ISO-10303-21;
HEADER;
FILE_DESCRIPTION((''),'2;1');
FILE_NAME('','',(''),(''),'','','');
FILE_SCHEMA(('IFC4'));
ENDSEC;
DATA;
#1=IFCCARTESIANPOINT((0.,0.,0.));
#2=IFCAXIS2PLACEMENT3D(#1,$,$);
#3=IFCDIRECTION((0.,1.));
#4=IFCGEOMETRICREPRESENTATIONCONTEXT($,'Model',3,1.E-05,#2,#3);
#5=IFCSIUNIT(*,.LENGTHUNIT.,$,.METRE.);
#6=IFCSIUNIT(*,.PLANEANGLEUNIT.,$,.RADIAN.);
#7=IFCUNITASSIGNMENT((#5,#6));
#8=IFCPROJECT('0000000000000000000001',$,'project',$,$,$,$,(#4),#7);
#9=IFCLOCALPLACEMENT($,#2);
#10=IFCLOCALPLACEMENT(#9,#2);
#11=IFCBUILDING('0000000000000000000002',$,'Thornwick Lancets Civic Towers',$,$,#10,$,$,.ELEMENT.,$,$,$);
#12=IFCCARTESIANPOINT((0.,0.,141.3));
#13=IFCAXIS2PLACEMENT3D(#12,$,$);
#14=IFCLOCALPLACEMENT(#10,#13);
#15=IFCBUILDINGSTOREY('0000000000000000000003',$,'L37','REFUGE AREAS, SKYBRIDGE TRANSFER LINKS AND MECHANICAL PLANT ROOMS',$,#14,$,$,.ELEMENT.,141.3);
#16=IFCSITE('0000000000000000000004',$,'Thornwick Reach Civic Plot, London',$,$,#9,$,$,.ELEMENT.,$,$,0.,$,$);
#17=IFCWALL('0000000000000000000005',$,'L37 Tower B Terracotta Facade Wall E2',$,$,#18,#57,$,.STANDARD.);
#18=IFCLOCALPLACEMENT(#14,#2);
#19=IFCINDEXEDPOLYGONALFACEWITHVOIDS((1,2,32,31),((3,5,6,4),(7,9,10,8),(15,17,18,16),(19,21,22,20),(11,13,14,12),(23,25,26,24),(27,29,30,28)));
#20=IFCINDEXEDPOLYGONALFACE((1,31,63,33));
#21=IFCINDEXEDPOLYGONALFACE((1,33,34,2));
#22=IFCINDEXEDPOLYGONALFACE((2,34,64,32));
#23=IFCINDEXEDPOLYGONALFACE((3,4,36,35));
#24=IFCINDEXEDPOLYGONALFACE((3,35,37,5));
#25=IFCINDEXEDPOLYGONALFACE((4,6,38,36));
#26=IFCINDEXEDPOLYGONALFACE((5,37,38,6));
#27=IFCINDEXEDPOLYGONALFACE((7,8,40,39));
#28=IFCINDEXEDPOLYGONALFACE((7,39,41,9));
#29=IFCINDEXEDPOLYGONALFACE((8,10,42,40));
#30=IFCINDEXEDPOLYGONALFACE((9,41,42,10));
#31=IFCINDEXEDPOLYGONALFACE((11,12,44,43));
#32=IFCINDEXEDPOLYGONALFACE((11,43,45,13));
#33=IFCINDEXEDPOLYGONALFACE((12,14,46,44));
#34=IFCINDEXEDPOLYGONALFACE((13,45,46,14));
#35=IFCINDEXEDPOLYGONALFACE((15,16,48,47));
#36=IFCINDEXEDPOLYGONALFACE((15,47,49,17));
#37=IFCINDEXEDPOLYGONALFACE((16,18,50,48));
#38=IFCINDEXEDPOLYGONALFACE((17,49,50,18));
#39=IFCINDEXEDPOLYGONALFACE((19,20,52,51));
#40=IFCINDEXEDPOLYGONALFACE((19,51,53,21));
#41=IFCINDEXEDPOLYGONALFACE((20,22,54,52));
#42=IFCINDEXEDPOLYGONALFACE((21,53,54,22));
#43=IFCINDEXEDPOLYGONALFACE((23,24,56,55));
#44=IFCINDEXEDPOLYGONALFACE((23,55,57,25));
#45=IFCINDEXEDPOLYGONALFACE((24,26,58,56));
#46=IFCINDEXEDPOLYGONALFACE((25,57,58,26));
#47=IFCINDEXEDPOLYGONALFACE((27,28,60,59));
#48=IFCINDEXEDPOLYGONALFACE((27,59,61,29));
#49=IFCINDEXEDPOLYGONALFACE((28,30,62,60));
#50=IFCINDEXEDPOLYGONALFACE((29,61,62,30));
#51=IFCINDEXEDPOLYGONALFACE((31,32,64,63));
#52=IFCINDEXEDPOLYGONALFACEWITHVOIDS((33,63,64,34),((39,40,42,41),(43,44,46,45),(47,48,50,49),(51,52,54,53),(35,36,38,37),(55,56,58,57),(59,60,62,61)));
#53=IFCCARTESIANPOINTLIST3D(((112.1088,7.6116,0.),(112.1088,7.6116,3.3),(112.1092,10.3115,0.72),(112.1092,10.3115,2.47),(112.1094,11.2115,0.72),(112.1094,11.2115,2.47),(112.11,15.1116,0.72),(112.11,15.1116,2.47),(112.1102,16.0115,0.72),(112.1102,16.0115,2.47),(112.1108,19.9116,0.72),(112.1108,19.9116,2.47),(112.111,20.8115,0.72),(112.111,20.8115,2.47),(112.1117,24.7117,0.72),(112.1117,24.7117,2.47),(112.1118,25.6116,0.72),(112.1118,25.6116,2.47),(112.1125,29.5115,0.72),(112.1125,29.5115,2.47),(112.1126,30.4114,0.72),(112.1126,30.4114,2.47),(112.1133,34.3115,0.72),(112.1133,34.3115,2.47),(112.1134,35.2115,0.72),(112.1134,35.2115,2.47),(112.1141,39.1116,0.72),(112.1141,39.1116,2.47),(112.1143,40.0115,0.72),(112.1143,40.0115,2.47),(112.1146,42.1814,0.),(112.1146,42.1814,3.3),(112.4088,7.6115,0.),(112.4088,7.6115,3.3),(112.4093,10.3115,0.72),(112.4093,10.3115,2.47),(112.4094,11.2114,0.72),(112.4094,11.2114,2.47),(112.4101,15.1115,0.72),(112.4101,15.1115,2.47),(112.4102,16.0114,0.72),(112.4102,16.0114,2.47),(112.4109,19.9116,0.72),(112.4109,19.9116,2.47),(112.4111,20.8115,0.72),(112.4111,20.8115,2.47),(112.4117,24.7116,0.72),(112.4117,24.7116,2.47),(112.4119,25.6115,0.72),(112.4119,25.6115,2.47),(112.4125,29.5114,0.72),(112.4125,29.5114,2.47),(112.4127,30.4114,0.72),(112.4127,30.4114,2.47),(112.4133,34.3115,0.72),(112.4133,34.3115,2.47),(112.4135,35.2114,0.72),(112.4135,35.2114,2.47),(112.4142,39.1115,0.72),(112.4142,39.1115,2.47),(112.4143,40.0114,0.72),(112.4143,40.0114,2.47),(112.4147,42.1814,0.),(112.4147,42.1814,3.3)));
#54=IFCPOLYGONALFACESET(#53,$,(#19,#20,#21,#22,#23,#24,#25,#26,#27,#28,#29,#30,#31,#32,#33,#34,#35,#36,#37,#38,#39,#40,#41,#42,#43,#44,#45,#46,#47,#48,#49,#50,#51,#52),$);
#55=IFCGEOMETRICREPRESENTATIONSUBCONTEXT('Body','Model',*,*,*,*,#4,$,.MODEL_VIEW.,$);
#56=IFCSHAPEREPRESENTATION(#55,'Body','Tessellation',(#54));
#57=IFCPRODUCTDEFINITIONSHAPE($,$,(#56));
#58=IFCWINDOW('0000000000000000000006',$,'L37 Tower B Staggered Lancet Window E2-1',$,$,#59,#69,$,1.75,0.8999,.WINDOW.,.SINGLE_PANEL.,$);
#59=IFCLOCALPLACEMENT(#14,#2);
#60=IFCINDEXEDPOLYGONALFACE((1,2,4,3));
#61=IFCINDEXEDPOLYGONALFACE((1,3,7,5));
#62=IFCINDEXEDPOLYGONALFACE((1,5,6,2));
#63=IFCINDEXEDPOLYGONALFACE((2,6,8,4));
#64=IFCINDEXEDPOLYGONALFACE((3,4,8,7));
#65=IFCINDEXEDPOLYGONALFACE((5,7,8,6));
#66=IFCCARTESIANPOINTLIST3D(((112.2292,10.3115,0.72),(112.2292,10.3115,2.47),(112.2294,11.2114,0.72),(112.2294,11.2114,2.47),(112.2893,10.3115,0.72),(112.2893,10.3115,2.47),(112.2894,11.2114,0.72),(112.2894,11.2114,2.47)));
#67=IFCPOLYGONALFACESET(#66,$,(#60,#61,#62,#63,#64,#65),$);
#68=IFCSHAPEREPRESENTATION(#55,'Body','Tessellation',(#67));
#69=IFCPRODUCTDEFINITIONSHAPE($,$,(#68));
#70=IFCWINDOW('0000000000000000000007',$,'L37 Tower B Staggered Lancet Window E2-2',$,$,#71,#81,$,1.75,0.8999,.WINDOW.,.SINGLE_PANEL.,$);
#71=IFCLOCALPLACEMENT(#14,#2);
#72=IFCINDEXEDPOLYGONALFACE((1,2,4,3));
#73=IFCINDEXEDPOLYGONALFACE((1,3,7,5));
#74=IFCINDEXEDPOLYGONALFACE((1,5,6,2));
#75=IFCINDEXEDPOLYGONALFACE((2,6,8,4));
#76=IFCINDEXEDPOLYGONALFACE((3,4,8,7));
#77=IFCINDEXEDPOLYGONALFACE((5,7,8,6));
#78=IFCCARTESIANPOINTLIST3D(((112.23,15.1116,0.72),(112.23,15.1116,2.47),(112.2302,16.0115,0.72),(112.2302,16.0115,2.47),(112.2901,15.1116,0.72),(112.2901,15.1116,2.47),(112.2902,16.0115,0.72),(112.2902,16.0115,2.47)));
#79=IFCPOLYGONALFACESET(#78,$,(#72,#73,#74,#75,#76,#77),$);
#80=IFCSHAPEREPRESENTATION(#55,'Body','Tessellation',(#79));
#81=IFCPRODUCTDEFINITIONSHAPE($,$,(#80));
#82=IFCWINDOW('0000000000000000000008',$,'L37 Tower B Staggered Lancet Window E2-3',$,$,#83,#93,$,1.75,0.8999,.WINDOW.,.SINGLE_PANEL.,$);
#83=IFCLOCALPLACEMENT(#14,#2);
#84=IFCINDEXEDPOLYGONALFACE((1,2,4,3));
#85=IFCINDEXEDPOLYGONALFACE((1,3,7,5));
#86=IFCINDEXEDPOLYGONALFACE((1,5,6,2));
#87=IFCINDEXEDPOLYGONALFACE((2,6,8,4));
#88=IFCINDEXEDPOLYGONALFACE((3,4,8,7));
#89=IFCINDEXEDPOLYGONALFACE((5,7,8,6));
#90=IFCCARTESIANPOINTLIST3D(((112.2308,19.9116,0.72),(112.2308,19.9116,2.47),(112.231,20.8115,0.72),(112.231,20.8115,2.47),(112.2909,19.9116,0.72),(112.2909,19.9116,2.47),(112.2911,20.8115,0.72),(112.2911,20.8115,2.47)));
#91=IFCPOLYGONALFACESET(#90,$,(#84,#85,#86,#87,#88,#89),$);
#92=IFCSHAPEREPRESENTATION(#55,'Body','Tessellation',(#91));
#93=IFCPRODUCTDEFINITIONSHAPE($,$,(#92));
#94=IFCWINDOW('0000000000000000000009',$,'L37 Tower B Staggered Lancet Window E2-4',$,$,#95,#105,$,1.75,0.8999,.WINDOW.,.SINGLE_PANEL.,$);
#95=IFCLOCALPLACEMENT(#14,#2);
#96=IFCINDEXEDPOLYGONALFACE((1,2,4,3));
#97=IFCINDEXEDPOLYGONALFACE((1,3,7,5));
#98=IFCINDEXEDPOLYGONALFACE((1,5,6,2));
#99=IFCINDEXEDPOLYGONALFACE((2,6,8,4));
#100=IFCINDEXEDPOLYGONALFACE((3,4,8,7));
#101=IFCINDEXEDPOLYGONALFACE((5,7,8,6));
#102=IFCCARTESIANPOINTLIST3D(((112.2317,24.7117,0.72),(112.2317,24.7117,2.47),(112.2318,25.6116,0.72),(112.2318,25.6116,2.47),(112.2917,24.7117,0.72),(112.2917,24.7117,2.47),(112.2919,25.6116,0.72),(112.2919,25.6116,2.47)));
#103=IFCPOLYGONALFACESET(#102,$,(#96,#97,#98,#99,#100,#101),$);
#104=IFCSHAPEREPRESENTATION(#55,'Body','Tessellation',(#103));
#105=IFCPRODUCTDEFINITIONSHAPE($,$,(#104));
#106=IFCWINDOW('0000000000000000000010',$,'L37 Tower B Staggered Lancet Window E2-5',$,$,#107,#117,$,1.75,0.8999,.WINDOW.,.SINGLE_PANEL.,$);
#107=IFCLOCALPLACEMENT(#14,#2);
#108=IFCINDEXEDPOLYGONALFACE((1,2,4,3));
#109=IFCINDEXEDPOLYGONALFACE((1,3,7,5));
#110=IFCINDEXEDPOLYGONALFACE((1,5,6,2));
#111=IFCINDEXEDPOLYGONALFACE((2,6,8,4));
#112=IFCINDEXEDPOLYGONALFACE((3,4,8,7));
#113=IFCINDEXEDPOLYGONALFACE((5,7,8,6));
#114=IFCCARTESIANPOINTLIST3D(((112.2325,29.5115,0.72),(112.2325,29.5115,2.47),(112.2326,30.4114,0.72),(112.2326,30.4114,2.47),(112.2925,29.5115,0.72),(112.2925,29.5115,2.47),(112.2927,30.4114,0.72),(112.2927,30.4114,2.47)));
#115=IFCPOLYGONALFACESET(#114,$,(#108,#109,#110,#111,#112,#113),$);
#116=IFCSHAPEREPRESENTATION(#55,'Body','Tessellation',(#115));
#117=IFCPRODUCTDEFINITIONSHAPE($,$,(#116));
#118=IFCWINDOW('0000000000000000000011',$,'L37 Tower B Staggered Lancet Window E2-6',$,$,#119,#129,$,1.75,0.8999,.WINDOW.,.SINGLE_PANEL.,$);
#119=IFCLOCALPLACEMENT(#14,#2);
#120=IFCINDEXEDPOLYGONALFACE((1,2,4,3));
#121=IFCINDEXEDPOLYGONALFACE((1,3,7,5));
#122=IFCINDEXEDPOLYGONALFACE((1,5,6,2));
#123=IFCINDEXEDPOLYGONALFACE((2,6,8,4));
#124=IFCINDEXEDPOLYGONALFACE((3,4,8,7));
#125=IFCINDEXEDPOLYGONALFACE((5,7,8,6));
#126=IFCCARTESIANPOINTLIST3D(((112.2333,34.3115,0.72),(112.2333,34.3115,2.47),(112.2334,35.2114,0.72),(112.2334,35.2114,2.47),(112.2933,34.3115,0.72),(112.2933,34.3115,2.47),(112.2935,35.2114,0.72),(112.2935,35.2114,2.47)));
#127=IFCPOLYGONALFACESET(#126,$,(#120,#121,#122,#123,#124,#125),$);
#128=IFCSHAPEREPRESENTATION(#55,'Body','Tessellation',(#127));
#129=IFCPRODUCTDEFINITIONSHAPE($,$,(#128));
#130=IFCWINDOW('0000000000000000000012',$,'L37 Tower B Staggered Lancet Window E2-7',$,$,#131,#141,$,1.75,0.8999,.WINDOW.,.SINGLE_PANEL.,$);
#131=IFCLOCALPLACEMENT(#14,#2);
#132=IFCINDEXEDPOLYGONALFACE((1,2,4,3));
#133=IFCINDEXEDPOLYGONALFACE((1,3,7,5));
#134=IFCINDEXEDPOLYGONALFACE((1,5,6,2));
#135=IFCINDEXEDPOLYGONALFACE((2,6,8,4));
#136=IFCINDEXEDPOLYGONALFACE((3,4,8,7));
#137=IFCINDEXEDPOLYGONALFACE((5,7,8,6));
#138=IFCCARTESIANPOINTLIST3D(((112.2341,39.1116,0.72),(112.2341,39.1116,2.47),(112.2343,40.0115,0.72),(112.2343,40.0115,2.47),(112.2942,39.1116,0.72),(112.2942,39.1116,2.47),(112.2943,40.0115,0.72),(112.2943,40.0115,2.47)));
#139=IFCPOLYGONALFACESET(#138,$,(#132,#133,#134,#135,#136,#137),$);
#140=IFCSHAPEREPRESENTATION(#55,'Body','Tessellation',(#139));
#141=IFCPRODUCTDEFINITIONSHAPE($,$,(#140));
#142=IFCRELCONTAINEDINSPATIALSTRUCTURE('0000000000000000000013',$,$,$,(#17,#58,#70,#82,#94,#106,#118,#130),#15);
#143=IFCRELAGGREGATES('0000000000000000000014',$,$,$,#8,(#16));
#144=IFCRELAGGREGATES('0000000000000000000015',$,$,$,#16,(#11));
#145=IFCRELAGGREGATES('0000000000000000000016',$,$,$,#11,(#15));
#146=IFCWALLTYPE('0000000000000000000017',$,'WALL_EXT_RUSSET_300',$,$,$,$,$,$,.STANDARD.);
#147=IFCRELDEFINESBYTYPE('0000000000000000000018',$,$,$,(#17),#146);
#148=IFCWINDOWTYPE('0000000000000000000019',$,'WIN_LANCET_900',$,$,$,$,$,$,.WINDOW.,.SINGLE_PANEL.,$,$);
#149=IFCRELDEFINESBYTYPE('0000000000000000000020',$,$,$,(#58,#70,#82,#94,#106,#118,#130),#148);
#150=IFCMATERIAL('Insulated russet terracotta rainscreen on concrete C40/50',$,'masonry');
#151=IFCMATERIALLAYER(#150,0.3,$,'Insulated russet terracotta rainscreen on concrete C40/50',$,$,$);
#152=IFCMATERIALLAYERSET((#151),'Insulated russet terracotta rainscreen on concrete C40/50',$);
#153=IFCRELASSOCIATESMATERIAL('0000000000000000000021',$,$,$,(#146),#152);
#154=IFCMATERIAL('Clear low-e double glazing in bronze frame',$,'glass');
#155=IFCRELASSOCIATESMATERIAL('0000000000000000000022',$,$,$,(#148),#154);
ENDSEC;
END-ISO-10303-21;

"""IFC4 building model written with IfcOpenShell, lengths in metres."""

from ifc_helpers import new_model, si_unit, direction, frame, frame_2d, origin, place, context, subcontext, project, spatial, rectangle, extrude, material, layer, layer_set, type_object, element, fill, save


model = new_model("IFC4")

# Units and contexts
model_context = context("Model", 3, precision=1e-05, world=origin(), true_north=direction((0.0, 1.0)))
body_context = subcontext(model_context, "Body", "Model", "MODEL_VIEW")
ifc_project = project(units=[si_unit("LENGTHUNIT", "METRE"), si_unit("PLANEANGLEUNIT", "RADIAN")], contexts=[model_context])

# Site, building, storey
site_placement = place(None, origin())
site = spatial("IfcSite", under=ifc_project, at=site_placement, Name="Thornwick Reach Civic Plot, London", CompositionType="ELEMENT", RefElevation=0.0)
building_placement = place(site_placement, origin())
building = spatial("IfcBuilding", under=site, at=building_placement, Name="Thornwick Lancets Civic Towers", CompositionType="ELEMENT")
storey_placement = place(building_placement, frame((0.0, 0.0, 141.3)))
storey = spatial("IfcBuildingStorey", under=building, at=storey_placement, Name="L37", Description="REFUGE AREAS, SKYBRIDGE TRANSFER LINKS AND MECHANICAL PLANT ROOMS", CompositionType="ELEMENT", Elevation=141.3)

# Wall, openings, windows
ifc_material_1 = material(Name="Insulated russet terracotta rainscreen on concrete C40/50", Category="masonry")
ifc_layer_1 = layer(ifc_material_1, 0.3, Name="Insulated russet terracotta rainscreen on concrete C40/50")
ifc_layer_set_1 = layer_set([ifc_layer_1], Name="Insulated russet terracotta rainscreen on concrete C40/50")
wall_type_1 = type_object("IfcWallType", Name="WALL_EXT_RUSSET_300", PredefinedType="STANDARD", material=ifc_layer_set_1)
wall_1_placement = place(storey_placement, frame((112.2588, 7.6116, 0.0), z_axis=(0.0, 0.0, 1.0), x_axis=(0.000169, 1.0, 0.0)))
wall_1 = element("IfcWall", 1, at=wall_1_placement, inside=storey, type_object=wall_type_1, Name="L37 Tower B Terracotta Facade Wall E2", PredefinedType="STANDARD", context=body_context, shape_type="SweptSolid", body=[
    extrude(rectangle(XDim=34.5698, YDim=0.3, at=frame_2d((17.2849, 0.0))), origin(), (0.0, 0.0, 1.0), 3.3),
])
opening_1_placement = place(wall_1_placement, frame((2.7, 0.0, 0.72)))
opening_1 = element("IfcOpeningElement", 2, at=opening_1_placement, cuts=wall_1, PredefinedType="OPENING", context=body_context, shape_type="SweptSolid", body=[
    extrude(rectangle(XDim=0.8999, YDim=1.75, at=frame_2d((0.45, 0.875))), frame((0.0, 0.1602, 0.0), z_axis=(0.0, -1.0, 0.0), x_axis=(1.0, 0.0, 0.0)), (0.0, 0.0, 1.0), 0.3201),
])
opening_2_placement = place(wall_1_placement, frame((7.5, 0.0, 0.72)))
opening_2 = element("IfcOpeningElement", 3, at=opening_2_placement, cuts=wall_1, PredefinedType="OPENING", context=body_context, shape_type="SweptSolid", body=[
    extrude(rectangle(XDim=0.8999, YDim=1.75, at=frame_2d((0.45, 0.875))), frame((0.0, 0.1602, 0.0), z_axis=(0.0, -1.0, 0.0), x_axis=(1.0, 0.0, 0.0)), (0.0, 0.0, 1.0), 0.3201),
])
opening_3_placement = place(wall_1_placement, frame((12.3, 0.0, 0.72)))
opening_3 = element("IfcOpeningElement", 4, at=opening_3_placement, cuts=wall_1, PredefinedType="OPENING", context=body_context, shape_type="SweptSolid", body=[
    extrude(rectangle(XDim=0.8999, YDim=1.75, at=frame_2d((0.45, 0.875))), frame((0.0, 0.1602, 0.0), z_axis=(0.0, -1.0, 0.0), x_axis=(1.0, 0.0, 0.0)), (0.0, 0.0, 1.0), 0.3201),
])
opening_4_placement = place(wall_1_placement, frame((17.1001, 0.0, 0.72)))
opening_4 = element("IfcOpeningElement", 5, at=opening_4_placement, cuts=wall_1, PredefinedType="OPENING", context=body_context, shape_type="SweptSolid", body=[
    extrude(rectangle(XDim=0.8999, YDim=1.75, at=frame_2d((0.45, 0.875))), frame((0.0, 0.1602, 0.0), z_axis=(0.0, -1.0, 0.0), x_axis=(1.0, 0.0, 0.0)), (0.0, 0.0, 1.0), 0.3201),
])
opening_5_placement = place(wall_1_placement, frame((21.8999, 0.0, 0.72)))
opening_5 = element("IfcOpeningElement", 6, at=opening_5_placement, cuts=wall_1, PredefinedType="OPENING", context=body_context, shape_type="SweptSolid", body=[
    extrude(rectangle(XDim=0.8999, YDim=1.75, at=frame_2d((0.45, 0.875))), frame((0.0, 0.1602, 0.0), z_axis=(0.0, -1.0, 0.0), x_axis=(1.0, 0.0, 0.0)), (0.0, 0.0, 1.0), 0.3201),
])
opening_6_placement = place(wall_1_placement, frame((26.7, 0.0, 0.72)))
opening_6 = element("IfcOpeningElement", 7, at=opening_6_placement, cuts=wall_1, PredefinedType="OPENING", context=body_context, shape_type="SweptSolid", body=[
    extrude(rectangle(XDim=0.8999, YDim=1.75, at=frame_2d((0.45, 0.875))), frame((0.0, 0.1602, 0.0), z_axis=(0.0, -1.0, 0.0), x_axis=(1.0, 0.0, 0.0)), (0.0, 0.0, 1.0), 0.3201),
])
opening_7_placement = place(wall_1_placement, frame((31.5, 0.0, 0.72)))
opening_7 = element("IfcOpeningElement", 8, at=opening_7_placement, cuts=wall_1, PredefinedType="OPENING", context=body_context, shape_type="SweptSolid", body=[
    extrude(rectangle(XDim=0.8999, YDim=1.75, at=frame_2d((0.45, 0.875))), frame((0.0, 0.1602, 0.0), z_axis=(0.0, -1.0, 0.0), x_axis=(1.0, 0.0, 0.0)), (0.0, 0.0, 1.0), 0.3201),
])
ifc_material_2 = material(Name="Clear low-e double glazing in bronze frame", Category="glass")
window_type = type_object("IfcWindowType", Name="WIN_LANCET_900", PartitioningType="SINGLE_PANEL", PredefinedType="WINDOW", material=ifc_material_2)
window_1_placement = place(opening_1_placement, origin())
window_1 = element("IfcWindow", 9, at=window_1_placement, inside=storey, type_object=window_type, Name="L37 Tower B Staggered Lancet Window E2-1", OverallHeight=1.75, OverallWidth=0.8999, PartitioningType="SINGLE_PANEL", PredefinedType="WINDOW", context=body_context, shape_type="SweptSolid", body=[
    extrude(rectangle(XDim=0.8999, YDim=1.75, at=frame_2d((0.45, 0.875))), frame((0.0, 0.03, 0.0), z_axis=(0.0, -1.0, 0.0), x_axis=(1.0, 0.0, 0.0)), (0.0, 0.0, 1.0), 0.0601),
])
fill(opening_1, window_1)
window_2_placement = place(opening_2_placement, origin())
window_2 = element("IfcWindow", 10, at=window_2_placement, inside=storey, type_object=window_type, Name="L37 Tower B Staggered Lancet Window E2-2", OverallHeight=1.75, OverallWidth=0.8999, PartitioningType="SINGLE_PANEL", PredefinedType="WINDOW", context=body_context, shape_type="SweptSolid", body=[
    extrude(rectangle(XDim=0.8999, YDim=1.75, at=frame_2d((0.45, 0.875))), frame((0.0, 0.03, 0.0), z_axis=(0.0, -1.0, 0.0), x_axis=(1.0, 0.0, 0.0)), (0.0, 0.0, 1.0), 0.0601),
])
fill(opening_2, window_2)
window_3_placement = place(opening_3_placement, origin())
window_3 = element("IfcWindow", 11, at=window_3_placement, inside=storey, type_object=window_type, Name="L37 Tower B Staggered Lancet Window E2-3", OverallHeight=1.75, OverallWidth=0.8999, PartitioningType="SINGLE_PANEL", PredefinedType="WINDOW", context=body_context, shape_type="SweptSolid", body=[
    extrude(rectangle(XDim=0.8999, YDim=1.75, at=frame_2d((0.45, 0.875))), frame((0.0, 0.03, 0.0), z_axis=(0.0, -1.0, 0.0), x_axis=(1.0, 0.0, 0.0)), (0.0, 0.0, 1.0), 0.0601),
])
fill(opening_3, window_3)
window_4_placement = place(opening_4_placement, origin())
window_4 = element("IfcWindow", 12, at=window_4_placement, inside=storey, type_object=window_type, Name="L37 Tower B Staggered Lancet Window E2-4", OverallHeight=1.75, OverallWidth=0.8999, PartitioningType="SINGLE_PANEL", PredefinedType="WINDOW", context=body_context, shape_type="SweptSolid", body=[
    extrude(rectangle(XDim=0.8999, YDim=1.75, at=frame_2d((0.45, 0.875))), frame((0.0, 0.03, 0.0), z_axis=(0.0, -1.0, 0.0), x_axis=(1.0, 0.0, 0.0)), (0.0, 0.0, 1.0), 0.0601),
])
fill(opening_4, window_4)
window_5_placement = place(opening_5_placement, origin())
window_5 = element("IfcWindow", 13, at=window_5_placement, inside=storey, type_object=window_type, Name="L37 Tower B Staggered Lancet Window E2-5", OverallHeight=1.75, OverallWidth=0.8999, PartitioningType="SINGLE_PANEL", PredefinedType="WINDOW", context=body_context, shape_type="SweptSolid", body=[
    extrude(rectangle(XDim=0.8999, YDim=1.75, at=frame_2d((0.45, 0.875))), frame((0.0, 0.03, 0.0), z_axis=(0.0, -1.0, 0.0), x_axis=(1.0, 0.0, 0.0)), (0.0, 0.0, 1.0), 0.0601),
])
fill(opening_5, window_5)
window_6_placement = place(opening_6_placement, origin())
window_6 = element("IfcWindow", 14, at=window_6_placement, inside=storey, type_object=window_type, Name="L37 Tower B Staggered Lancet Window E2-6", OverallHeight=1.75, OverallWidth=0.8999, PartitioningType="SINGLE_PANEL", PredefinedType="WINDOW", context=body_context, shape_type="SweptSolid", body=[
    extrude(rectangle(XDim=0.8999, YDim=1.75, at=frame_2d((0.45, 0.875))), frame((0.0, 0.03, 0.0), z_axis=(0.0, -1.0, 0.0), x_axis=(1.0, 0.0, 0.0)), (0.0, 0.0, 1.0), 0.0601),
])
fill(opening_6, window_6)
window_7_placement = place(opening_7_placement, origin())
window_7 = element("IfcWindow", 15, at=window_7_placement, inside=storey, type_object=window_type, Name="L37 Tower B Staggered Lancet Window E2-7", OverallHeight=1.75, OverallWidth=0.8999, PartitioningType="SINGLE_PANEL", PredefinedType="WINDOW", context=body_context, shape_type="SweptSolid", body=[
    extrude(rectangle(XDim=0.8999, YDim=1.75, at=frame_2d((0.45, 0.875))), frame((0.0, 0.03, 0.0), z_axis=(0.0, -1.0, 0.0), x_axis=(1.0, 0.0, 0.0)), (0.0, 0.0, 1.0), 0.0601),
])
fill(opening_7, window_7)

save(model, "model.ifc")
